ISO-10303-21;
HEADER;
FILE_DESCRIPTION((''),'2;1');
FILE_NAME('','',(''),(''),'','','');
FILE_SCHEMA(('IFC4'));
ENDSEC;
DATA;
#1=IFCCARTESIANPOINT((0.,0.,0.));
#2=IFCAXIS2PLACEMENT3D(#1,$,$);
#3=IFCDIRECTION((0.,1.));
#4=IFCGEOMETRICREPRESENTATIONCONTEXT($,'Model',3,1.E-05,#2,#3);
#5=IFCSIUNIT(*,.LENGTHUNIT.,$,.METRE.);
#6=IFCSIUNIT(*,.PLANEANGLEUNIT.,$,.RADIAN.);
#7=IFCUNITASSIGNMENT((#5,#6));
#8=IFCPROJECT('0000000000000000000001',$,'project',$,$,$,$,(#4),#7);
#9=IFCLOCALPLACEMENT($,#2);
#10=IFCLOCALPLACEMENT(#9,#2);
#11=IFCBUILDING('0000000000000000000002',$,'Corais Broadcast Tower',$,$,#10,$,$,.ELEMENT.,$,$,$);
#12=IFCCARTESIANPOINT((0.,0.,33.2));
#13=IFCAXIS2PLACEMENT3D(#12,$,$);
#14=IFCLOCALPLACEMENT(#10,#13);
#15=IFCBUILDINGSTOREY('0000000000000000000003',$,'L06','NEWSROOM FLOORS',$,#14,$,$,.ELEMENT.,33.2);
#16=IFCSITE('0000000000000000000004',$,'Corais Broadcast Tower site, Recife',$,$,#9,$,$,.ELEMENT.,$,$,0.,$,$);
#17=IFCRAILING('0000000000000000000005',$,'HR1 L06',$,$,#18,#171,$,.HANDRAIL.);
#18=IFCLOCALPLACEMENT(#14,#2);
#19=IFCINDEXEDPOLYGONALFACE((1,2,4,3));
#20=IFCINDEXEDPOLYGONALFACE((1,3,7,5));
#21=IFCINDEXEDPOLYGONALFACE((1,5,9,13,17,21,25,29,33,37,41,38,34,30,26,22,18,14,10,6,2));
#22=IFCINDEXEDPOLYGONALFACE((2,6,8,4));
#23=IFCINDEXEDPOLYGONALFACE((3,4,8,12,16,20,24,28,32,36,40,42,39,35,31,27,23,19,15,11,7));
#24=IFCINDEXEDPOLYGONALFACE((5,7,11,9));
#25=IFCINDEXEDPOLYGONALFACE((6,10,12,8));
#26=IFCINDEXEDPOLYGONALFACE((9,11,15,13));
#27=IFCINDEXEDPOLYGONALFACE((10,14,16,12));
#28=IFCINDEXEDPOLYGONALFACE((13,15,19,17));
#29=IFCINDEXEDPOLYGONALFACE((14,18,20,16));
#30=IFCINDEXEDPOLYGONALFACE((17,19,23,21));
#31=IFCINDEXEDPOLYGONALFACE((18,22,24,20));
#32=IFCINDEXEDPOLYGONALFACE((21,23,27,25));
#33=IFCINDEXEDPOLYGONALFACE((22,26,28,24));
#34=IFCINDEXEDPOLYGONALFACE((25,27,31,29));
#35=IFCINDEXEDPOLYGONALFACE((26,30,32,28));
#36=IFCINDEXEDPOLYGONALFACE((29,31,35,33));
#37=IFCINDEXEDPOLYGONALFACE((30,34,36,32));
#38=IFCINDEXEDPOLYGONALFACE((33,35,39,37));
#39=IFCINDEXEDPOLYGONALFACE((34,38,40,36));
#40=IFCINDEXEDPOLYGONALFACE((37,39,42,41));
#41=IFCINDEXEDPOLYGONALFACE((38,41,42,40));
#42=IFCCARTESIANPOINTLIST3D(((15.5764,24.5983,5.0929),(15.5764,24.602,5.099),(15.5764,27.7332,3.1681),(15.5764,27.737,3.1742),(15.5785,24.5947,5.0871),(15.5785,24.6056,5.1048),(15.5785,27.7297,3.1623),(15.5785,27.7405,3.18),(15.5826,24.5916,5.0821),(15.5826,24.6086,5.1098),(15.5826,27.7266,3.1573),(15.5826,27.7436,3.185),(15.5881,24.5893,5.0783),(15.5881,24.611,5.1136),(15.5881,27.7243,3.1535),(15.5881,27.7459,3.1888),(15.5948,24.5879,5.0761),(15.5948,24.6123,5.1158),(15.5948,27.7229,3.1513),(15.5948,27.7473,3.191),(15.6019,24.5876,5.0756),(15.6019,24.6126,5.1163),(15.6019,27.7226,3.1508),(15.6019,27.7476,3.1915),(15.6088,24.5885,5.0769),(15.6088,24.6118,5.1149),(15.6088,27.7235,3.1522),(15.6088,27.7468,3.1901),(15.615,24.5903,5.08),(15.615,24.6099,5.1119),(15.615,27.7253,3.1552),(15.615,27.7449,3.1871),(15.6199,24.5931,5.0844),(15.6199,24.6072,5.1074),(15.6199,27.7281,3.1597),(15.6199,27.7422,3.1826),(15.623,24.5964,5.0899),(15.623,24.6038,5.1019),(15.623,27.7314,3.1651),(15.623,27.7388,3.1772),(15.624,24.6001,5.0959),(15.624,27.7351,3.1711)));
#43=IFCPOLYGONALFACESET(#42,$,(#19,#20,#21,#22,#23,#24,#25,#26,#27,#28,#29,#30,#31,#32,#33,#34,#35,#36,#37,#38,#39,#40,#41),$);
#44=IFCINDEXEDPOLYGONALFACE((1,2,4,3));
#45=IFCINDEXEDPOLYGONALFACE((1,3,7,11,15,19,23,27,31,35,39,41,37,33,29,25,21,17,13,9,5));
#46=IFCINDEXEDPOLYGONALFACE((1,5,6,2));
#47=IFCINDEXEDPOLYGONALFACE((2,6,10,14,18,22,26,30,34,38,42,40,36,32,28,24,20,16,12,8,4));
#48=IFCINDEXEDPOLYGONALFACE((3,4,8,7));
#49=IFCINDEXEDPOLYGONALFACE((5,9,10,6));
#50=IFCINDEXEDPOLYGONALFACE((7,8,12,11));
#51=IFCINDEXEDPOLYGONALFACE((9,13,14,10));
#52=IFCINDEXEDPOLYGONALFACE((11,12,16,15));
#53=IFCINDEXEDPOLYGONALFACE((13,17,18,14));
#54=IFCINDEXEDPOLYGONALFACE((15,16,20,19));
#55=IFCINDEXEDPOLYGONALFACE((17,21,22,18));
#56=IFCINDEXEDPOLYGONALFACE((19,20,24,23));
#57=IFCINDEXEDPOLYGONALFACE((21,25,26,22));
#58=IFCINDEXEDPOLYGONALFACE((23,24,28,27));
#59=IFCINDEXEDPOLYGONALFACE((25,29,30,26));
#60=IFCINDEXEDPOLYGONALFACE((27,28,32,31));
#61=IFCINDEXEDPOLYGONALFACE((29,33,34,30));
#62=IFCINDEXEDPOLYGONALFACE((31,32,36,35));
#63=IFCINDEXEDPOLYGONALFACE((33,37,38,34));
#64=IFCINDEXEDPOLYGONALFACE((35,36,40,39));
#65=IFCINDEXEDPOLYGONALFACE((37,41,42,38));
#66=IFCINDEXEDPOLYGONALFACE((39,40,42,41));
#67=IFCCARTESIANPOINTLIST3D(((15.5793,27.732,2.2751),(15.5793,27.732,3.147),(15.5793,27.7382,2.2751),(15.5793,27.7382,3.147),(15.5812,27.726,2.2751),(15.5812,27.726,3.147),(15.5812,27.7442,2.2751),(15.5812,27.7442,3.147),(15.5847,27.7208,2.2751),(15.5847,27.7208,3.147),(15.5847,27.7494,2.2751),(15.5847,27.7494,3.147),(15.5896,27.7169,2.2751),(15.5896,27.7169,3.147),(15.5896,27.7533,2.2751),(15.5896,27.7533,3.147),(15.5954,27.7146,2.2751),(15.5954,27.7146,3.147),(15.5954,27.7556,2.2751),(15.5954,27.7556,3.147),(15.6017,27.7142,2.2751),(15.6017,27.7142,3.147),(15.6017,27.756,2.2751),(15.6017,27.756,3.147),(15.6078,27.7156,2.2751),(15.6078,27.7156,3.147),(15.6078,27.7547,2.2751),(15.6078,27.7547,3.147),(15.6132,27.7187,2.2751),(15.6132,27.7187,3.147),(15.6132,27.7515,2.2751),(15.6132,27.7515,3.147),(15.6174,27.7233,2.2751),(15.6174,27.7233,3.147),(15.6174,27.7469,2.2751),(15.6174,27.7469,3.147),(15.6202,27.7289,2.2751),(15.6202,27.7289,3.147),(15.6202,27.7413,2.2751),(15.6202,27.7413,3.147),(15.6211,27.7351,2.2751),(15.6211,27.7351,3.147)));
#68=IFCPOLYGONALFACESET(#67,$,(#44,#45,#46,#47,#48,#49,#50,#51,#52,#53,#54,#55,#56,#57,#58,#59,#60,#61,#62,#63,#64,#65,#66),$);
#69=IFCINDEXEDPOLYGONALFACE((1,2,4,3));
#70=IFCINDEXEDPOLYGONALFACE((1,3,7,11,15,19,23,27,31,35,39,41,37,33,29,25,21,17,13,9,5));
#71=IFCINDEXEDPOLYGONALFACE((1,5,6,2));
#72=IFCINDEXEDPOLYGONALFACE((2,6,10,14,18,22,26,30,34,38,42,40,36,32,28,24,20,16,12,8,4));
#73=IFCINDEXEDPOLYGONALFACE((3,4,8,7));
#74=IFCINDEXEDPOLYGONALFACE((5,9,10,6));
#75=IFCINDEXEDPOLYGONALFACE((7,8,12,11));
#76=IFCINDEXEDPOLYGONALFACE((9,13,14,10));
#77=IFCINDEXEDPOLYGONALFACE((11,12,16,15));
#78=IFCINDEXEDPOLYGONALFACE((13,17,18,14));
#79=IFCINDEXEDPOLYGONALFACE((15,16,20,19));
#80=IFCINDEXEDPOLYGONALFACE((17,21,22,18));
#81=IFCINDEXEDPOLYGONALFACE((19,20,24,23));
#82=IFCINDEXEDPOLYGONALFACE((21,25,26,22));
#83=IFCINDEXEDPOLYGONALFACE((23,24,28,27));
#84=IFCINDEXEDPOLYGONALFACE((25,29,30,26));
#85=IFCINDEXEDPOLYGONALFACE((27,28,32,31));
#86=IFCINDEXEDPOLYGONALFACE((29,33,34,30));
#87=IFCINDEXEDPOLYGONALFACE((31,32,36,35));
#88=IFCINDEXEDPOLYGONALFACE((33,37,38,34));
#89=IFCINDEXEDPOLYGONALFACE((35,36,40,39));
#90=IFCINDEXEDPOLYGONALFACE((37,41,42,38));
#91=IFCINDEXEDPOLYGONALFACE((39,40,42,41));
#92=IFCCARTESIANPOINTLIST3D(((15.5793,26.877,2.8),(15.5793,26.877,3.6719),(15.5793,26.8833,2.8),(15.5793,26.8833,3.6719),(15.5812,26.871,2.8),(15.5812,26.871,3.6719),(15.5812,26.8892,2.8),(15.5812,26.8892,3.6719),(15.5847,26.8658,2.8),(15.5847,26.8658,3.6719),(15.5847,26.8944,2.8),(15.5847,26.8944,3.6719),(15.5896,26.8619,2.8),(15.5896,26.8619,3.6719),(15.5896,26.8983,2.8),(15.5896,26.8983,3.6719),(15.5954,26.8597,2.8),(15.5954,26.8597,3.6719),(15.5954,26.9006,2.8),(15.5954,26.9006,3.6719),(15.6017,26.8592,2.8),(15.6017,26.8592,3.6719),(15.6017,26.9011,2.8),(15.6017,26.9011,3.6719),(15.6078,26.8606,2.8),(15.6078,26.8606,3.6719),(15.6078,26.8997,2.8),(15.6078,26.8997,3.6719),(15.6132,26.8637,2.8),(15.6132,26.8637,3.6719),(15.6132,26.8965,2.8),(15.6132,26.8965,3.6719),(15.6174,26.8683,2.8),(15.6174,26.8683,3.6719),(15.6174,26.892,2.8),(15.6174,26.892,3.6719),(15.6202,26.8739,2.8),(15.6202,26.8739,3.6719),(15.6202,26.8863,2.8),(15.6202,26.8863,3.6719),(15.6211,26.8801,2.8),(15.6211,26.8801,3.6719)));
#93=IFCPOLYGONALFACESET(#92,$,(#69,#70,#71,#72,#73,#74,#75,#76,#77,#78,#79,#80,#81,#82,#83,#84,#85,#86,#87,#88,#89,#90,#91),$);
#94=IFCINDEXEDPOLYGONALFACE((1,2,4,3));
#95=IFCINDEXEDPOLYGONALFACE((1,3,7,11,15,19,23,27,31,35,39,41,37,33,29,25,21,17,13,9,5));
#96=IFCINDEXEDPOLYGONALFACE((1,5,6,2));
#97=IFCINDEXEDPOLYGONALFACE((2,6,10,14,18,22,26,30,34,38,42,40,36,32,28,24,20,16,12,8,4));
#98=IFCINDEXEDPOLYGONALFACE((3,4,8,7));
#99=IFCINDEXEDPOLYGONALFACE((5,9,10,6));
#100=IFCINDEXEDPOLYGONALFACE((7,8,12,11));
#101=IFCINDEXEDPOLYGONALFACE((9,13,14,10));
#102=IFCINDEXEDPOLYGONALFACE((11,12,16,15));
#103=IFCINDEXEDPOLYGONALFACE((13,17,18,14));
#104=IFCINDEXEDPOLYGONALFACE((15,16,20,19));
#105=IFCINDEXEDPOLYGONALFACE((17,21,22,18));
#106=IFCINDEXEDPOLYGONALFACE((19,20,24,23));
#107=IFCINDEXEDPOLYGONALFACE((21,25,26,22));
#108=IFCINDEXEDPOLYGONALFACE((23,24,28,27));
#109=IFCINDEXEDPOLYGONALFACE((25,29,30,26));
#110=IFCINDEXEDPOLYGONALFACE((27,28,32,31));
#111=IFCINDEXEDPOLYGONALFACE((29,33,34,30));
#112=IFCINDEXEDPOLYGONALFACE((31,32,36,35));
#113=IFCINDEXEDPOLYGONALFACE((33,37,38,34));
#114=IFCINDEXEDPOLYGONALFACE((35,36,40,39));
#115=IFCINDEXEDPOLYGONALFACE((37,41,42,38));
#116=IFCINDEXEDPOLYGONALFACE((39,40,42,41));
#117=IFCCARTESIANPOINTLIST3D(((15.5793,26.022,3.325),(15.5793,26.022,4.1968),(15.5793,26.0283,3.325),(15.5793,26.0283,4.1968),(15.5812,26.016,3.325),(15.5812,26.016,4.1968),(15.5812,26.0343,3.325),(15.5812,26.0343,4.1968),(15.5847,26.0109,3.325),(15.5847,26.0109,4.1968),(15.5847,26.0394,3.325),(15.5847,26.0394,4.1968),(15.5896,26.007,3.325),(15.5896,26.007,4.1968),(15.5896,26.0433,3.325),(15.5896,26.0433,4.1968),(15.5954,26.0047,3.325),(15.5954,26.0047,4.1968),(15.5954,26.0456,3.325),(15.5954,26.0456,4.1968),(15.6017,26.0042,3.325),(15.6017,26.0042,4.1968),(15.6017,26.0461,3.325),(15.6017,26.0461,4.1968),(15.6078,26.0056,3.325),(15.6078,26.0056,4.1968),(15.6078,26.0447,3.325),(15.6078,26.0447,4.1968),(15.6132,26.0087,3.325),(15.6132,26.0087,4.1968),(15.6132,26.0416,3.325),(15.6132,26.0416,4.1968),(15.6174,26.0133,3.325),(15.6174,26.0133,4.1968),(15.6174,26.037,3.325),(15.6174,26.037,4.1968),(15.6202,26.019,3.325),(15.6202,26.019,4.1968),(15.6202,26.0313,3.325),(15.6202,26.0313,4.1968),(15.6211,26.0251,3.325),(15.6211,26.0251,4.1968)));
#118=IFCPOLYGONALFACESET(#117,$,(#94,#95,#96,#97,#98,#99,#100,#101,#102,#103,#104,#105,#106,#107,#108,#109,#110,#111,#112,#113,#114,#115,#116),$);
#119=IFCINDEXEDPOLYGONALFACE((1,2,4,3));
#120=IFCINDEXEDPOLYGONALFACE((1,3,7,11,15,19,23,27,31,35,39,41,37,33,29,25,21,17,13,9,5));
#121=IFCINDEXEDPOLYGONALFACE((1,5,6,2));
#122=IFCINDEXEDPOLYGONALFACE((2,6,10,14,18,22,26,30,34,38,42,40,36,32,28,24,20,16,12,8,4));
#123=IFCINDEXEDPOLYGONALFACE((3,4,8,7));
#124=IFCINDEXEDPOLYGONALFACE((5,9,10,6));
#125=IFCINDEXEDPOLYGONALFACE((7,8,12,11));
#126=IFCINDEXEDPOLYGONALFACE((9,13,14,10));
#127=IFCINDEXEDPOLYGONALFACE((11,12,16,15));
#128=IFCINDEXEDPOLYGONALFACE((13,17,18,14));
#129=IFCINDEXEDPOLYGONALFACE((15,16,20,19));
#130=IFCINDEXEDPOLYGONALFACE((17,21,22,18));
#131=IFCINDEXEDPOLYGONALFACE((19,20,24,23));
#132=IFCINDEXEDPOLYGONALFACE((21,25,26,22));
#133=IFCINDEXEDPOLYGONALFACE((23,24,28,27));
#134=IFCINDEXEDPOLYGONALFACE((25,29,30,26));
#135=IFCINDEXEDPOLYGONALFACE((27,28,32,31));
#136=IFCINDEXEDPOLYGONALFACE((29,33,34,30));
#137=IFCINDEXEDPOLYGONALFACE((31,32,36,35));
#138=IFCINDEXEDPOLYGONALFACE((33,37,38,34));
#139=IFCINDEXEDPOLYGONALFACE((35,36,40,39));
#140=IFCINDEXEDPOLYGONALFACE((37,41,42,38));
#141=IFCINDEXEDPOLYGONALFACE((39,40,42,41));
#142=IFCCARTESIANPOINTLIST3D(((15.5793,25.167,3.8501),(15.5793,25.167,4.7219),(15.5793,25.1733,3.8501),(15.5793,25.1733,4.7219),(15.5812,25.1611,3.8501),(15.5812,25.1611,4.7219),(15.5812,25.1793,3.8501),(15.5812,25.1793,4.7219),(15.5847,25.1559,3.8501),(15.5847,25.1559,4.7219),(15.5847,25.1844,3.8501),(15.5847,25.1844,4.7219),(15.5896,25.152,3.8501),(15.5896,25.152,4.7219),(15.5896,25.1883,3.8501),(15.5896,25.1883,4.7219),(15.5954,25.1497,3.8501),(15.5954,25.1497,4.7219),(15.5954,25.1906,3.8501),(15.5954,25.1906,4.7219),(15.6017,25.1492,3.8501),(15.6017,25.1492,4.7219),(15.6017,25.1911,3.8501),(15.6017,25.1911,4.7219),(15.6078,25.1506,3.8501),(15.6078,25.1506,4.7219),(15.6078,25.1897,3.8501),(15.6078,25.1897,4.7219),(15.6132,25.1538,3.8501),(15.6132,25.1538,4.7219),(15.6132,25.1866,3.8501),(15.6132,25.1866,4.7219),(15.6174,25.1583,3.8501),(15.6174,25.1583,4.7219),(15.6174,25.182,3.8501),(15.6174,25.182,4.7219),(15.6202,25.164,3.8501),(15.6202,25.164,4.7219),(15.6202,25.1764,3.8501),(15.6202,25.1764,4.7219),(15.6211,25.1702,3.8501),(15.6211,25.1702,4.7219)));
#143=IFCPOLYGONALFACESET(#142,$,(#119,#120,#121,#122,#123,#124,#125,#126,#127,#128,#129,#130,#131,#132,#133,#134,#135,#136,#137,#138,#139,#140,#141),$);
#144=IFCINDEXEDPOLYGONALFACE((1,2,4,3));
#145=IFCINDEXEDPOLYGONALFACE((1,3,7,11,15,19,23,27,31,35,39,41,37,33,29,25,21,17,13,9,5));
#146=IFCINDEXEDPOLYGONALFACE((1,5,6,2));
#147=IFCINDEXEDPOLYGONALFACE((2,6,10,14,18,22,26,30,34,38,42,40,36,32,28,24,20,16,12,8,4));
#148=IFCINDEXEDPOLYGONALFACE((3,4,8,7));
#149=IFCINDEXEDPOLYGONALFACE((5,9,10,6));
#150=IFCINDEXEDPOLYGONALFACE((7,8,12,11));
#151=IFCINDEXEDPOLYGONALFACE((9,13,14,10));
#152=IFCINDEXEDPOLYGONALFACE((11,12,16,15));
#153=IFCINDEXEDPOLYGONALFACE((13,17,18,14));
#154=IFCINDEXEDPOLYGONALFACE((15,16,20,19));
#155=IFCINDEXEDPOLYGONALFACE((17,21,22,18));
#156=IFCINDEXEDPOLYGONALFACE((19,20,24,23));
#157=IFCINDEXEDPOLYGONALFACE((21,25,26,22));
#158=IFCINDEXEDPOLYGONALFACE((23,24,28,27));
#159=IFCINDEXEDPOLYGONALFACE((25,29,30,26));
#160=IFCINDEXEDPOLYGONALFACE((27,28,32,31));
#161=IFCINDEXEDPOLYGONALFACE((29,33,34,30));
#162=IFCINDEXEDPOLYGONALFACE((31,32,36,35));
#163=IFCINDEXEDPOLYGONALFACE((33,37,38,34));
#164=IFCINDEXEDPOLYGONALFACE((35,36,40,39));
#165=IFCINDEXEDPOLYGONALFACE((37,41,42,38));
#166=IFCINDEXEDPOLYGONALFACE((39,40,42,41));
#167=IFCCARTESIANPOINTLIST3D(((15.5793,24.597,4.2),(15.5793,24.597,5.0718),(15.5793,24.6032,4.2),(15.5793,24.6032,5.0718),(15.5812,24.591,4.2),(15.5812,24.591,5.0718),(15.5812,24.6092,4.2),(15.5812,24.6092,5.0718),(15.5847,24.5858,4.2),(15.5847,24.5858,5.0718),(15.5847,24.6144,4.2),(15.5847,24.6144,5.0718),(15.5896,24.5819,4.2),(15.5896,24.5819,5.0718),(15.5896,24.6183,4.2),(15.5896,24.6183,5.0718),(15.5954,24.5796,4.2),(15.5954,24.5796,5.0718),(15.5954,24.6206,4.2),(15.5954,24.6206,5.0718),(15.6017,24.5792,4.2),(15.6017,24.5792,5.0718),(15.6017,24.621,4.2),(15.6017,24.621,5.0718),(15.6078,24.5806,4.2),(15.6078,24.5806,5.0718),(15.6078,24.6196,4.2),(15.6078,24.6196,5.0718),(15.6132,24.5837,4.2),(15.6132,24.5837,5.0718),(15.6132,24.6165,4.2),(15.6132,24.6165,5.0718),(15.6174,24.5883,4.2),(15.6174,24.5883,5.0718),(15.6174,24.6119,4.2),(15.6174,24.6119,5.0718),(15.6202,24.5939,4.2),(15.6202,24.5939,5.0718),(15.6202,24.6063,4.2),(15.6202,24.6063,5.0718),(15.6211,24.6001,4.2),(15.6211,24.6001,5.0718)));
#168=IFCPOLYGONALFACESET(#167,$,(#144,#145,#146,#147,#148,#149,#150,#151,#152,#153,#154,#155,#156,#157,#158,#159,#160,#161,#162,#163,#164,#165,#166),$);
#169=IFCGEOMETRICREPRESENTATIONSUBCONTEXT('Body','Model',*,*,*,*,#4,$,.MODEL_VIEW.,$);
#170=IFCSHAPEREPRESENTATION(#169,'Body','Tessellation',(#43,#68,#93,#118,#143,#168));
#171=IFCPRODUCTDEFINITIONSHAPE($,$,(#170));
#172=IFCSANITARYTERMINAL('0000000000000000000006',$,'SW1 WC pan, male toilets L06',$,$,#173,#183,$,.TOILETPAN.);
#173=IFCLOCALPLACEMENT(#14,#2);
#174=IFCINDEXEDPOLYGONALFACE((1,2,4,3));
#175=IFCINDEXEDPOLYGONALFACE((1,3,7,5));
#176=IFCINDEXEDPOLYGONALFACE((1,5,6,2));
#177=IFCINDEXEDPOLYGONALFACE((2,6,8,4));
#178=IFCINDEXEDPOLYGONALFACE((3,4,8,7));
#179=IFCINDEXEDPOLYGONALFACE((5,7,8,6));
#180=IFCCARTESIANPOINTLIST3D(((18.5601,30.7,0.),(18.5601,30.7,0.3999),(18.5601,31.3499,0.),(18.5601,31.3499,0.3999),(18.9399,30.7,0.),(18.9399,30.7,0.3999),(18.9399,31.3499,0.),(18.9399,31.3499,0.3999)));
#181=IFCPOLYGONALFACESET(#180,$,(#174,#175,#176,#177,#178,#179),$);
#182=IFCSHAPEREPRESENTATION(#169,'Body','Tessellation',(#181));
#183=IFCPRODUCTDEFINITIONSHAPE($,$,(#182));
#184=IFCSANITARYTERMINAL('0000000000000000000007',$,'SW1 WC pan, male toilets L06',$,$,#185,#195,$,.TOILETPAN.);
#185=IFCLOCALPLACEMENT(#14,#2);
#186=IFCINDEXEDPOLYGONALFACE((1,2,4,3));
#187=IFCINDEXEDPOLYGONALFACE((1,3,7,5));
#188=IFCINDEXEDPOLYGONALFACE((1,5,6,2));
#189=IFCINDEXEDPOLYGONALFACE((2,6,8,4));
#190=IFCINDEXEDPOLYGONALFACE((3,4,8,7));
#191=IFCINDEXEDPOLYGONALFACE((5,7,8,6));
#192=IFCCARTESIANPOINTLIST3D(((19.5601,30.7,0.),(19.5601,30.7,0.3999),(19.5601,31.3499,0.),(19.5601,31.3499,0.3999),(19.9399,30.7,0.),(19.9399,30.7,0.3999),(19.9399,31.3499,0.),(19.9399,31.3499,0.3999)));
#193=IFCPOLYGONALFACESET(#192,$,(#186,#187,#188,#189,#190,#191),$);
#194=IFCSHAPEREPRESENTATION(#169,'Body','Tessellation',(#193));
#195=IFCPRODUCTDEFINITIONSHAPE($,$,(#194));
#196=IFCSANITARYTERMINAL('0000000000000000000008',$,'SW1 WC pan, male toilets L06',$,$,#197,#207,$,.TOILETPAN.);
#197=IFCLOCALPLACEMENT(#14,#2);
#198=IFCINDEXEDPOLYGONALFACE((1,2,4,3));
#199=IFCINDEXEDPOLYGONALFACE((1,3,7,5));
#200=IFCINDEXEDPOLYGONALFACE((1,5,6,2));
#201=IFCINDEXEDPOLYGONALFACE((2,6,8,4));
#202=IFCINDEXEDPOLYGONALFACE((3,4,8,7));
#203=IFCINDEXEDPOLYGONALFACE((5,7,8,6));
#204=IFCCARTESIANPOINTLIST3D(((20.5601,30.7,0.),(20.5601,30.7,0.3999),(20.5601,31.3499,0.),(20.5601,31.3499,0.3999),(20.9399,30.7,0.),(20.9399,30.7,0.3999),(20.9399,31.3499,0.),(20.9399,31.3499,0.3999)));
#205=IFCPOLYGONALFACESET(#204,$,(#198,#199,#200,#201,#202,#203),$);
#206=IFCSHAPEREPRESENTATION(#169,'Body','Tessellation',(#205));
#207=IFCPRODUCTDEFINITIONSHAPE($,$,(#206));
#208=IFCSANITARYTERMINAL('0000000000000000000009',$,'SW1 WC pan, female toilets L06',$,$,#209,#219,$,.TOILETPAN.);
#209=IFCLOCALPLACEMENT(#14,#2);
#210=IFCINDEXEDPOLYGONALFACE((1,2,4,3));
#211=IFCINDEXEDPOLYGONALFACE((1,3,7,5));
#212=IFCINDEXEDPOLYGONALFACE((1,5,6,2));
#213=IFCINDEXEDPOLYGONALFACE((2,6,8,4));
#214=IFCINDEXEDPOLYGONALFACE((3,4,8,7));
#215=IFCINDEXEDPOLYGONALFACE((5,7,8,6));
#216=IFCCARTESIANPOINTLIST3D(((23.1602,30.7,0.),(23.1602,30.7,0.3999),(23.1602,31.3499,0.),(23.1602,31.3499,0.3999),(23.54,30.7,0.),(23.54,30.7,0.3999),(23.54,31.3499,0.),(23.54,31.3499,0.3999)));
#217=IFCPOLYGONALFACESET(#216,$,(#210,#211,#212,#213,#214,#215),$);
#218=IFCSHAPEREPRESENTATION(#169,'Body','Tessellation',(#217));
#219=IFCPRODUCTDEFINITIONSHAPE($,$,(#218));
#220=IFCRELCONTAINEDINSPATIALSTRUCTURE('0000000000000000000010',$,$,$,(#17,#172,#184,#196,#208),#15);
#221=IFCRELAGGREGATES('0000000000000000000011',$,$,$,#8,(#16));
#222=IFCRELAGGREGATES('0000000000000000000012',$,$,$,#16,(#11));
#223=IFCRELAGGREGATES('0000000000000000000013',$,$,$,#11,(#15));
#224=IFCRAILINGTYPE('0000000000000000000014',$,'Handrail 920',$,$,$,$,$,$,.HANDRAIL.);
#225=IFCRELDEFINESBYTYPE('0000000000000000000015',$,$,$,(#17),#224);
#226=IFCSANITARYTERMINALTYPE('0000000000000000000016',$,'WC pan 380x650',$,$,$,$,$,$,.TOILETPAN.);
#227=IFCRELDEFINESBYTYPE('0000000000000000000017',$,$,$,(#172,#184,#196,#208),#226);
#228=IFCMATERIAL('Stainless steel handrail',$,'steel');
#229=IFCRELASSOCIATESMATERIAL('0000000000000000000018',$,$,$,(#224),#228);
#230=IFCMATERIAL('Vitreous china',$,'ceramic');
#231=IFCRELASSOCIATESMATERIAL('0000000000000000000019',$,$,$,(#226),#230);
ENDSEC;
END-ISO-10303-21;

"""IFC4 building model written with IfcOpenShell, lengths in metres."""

from ifc_helpers import new_model, si_unit, direction, frame, origin, origin_2d, place, context, subcontext, project, spatial, rectangle, circle, extrude, material, type_object, element, save


model = new_model("IFC4")

# Units and contexts
model_context = context("Model", 3, precision=1e-05, world=origin(), true_north=direction((0.0, 1.0)))
body_context = subcontext(model_context, "Body", "Model", "MODEL_VIEW")
ifc_project = project(units=[si_unit("LENGTHUNIT", "METRE"), si_unit("PLANEANGLEUNIT", "RADIAN")], contexts=[model_context])

# Site, building, storey
site_placement = place(None, origin())
site = spatial("IfcSite", under=ifc_project, at=site_placement, Name="Corais Broadcast Tower site, Recife", CompositionType="ELEMENT", RefElevation=0.0)
building_placement = place(site_placement, origin())
building = spatial("IfcBuilding", under=site, at=building_placement, Name="Corais Broadcast Tower", CompositionType="ELEMENT")
storey_placement = place(building_placement, frame((0.0, 0.0, 33.2)))
storey = spatial("IfcBuildingStorey", under=building, at=storey_placement, Name="L06", Description="NEWSROOM FLOORS", CompositionType="ELEMENT", Elevation=33.2)

# Railing
ifc_material_1 = material(Name="Stainless steel handrail", Category="steel")
railing_type = type_object("IfcRailingType", Name="Handrail 920", PredefinedType="HANDRAIL", material=ifc_material_1)
railing_placement = place(storey_placement, frame((15.6001, 27.7351, 2.2751)))
element("IfcRailing", 1, at=railing_placement, inside=storey, type_object=railing_type, Name="HR1 L06", PredefinedType="HANDRAIL", context=body_context, shape_type="SweptSolid", body=[
    extrude(circle(Radius=0.0239, at=origin_2d()), frame((0.0, 0.0, 0.896), z_axis=(0.0, -0.852196, 0.523223), x_axis=(1.0, 0.0, 0.0)), (0.0, 0.0, 1.0), 3.6787),
    extrude(circle(Radius=0.021, at=origin_2d()), origin(), (0.0, 0.0, 1.0), 0.8718),
    extrude(circle(Radius=0.021, at=origin_2d()), frame((0.0, -0.855, 0.5249)), (0.0, 0.0, 1.0), 0.8718),
    extrude(circle(Radius=0.021, at=origin_2d()), frame((0.0, -1.71, 1.0498)), (0.0, 0.0, 1.0), 0.8718),
    extrude(circle(Radius=0.021, at=origin_2d()), frame((0.0, -2.5649, 1.575)), (0.0, 0.0, 1.0), 0.8718),
    extrude(circle(Radius=0.021, at=origin_2d()), frame((0.0, -3.135, 1.9248)), (0.0, 0.0, 1.0), 0.8718),
])

# Sanitary terminals
ifc_material_2 = material(Name="Vitreous china", Category="ceramic")
sanitary_terminal_type_1 = type_object("IfcSanitaryTerminalType", Name="WC pan 380x650", PredefinedType="TOILETPAN", material=ifc_material_2)
for number, where, z_axis, x_axis, name in (
    (2, (18.75, 31.0249, 0.0), (0.0, 0.0, 1.0), (1.0, 0.0, 0.0), "SW1 WC pan, male toilets L06"),
    (3, (19.75, 31.0249, 0.0), (0.0, 0.0, 1.0), (1.0, 0.0, 0.0), "SW1 WC pan, male toilets L06"),
    (4, (20.75, 31.0249, 0.0), (0.0, 0.0, 1.0), (1.0, 0.0, 0.0), "SW1 WC pan, male toilets L06"),
    (5, (23.3501, 31.0249, 0.0), (0.0, 0.0, 1.0), (1.0, 0.0, 0.0), "SW1 WC pan, female toilets L06"),
):
    element("IfcSanitaryTerminal", number, at=place(storey_placement, frame(where, z_axis=z_axis, x_axis=x_axis)), inside=storey, type_object=sanitary_terminal_type_1, Name=name, PredefinedType="TOILETPAN", context=body_context, shape_type="SweptSolid", body=[
        extrude(rectangle(XDim=0.3799, YDim=0.6499, at=origin_2d()), origin(), (0.0, 0.0, 1.0), 0.3999),
    ])

save(model, "model.ifc")
